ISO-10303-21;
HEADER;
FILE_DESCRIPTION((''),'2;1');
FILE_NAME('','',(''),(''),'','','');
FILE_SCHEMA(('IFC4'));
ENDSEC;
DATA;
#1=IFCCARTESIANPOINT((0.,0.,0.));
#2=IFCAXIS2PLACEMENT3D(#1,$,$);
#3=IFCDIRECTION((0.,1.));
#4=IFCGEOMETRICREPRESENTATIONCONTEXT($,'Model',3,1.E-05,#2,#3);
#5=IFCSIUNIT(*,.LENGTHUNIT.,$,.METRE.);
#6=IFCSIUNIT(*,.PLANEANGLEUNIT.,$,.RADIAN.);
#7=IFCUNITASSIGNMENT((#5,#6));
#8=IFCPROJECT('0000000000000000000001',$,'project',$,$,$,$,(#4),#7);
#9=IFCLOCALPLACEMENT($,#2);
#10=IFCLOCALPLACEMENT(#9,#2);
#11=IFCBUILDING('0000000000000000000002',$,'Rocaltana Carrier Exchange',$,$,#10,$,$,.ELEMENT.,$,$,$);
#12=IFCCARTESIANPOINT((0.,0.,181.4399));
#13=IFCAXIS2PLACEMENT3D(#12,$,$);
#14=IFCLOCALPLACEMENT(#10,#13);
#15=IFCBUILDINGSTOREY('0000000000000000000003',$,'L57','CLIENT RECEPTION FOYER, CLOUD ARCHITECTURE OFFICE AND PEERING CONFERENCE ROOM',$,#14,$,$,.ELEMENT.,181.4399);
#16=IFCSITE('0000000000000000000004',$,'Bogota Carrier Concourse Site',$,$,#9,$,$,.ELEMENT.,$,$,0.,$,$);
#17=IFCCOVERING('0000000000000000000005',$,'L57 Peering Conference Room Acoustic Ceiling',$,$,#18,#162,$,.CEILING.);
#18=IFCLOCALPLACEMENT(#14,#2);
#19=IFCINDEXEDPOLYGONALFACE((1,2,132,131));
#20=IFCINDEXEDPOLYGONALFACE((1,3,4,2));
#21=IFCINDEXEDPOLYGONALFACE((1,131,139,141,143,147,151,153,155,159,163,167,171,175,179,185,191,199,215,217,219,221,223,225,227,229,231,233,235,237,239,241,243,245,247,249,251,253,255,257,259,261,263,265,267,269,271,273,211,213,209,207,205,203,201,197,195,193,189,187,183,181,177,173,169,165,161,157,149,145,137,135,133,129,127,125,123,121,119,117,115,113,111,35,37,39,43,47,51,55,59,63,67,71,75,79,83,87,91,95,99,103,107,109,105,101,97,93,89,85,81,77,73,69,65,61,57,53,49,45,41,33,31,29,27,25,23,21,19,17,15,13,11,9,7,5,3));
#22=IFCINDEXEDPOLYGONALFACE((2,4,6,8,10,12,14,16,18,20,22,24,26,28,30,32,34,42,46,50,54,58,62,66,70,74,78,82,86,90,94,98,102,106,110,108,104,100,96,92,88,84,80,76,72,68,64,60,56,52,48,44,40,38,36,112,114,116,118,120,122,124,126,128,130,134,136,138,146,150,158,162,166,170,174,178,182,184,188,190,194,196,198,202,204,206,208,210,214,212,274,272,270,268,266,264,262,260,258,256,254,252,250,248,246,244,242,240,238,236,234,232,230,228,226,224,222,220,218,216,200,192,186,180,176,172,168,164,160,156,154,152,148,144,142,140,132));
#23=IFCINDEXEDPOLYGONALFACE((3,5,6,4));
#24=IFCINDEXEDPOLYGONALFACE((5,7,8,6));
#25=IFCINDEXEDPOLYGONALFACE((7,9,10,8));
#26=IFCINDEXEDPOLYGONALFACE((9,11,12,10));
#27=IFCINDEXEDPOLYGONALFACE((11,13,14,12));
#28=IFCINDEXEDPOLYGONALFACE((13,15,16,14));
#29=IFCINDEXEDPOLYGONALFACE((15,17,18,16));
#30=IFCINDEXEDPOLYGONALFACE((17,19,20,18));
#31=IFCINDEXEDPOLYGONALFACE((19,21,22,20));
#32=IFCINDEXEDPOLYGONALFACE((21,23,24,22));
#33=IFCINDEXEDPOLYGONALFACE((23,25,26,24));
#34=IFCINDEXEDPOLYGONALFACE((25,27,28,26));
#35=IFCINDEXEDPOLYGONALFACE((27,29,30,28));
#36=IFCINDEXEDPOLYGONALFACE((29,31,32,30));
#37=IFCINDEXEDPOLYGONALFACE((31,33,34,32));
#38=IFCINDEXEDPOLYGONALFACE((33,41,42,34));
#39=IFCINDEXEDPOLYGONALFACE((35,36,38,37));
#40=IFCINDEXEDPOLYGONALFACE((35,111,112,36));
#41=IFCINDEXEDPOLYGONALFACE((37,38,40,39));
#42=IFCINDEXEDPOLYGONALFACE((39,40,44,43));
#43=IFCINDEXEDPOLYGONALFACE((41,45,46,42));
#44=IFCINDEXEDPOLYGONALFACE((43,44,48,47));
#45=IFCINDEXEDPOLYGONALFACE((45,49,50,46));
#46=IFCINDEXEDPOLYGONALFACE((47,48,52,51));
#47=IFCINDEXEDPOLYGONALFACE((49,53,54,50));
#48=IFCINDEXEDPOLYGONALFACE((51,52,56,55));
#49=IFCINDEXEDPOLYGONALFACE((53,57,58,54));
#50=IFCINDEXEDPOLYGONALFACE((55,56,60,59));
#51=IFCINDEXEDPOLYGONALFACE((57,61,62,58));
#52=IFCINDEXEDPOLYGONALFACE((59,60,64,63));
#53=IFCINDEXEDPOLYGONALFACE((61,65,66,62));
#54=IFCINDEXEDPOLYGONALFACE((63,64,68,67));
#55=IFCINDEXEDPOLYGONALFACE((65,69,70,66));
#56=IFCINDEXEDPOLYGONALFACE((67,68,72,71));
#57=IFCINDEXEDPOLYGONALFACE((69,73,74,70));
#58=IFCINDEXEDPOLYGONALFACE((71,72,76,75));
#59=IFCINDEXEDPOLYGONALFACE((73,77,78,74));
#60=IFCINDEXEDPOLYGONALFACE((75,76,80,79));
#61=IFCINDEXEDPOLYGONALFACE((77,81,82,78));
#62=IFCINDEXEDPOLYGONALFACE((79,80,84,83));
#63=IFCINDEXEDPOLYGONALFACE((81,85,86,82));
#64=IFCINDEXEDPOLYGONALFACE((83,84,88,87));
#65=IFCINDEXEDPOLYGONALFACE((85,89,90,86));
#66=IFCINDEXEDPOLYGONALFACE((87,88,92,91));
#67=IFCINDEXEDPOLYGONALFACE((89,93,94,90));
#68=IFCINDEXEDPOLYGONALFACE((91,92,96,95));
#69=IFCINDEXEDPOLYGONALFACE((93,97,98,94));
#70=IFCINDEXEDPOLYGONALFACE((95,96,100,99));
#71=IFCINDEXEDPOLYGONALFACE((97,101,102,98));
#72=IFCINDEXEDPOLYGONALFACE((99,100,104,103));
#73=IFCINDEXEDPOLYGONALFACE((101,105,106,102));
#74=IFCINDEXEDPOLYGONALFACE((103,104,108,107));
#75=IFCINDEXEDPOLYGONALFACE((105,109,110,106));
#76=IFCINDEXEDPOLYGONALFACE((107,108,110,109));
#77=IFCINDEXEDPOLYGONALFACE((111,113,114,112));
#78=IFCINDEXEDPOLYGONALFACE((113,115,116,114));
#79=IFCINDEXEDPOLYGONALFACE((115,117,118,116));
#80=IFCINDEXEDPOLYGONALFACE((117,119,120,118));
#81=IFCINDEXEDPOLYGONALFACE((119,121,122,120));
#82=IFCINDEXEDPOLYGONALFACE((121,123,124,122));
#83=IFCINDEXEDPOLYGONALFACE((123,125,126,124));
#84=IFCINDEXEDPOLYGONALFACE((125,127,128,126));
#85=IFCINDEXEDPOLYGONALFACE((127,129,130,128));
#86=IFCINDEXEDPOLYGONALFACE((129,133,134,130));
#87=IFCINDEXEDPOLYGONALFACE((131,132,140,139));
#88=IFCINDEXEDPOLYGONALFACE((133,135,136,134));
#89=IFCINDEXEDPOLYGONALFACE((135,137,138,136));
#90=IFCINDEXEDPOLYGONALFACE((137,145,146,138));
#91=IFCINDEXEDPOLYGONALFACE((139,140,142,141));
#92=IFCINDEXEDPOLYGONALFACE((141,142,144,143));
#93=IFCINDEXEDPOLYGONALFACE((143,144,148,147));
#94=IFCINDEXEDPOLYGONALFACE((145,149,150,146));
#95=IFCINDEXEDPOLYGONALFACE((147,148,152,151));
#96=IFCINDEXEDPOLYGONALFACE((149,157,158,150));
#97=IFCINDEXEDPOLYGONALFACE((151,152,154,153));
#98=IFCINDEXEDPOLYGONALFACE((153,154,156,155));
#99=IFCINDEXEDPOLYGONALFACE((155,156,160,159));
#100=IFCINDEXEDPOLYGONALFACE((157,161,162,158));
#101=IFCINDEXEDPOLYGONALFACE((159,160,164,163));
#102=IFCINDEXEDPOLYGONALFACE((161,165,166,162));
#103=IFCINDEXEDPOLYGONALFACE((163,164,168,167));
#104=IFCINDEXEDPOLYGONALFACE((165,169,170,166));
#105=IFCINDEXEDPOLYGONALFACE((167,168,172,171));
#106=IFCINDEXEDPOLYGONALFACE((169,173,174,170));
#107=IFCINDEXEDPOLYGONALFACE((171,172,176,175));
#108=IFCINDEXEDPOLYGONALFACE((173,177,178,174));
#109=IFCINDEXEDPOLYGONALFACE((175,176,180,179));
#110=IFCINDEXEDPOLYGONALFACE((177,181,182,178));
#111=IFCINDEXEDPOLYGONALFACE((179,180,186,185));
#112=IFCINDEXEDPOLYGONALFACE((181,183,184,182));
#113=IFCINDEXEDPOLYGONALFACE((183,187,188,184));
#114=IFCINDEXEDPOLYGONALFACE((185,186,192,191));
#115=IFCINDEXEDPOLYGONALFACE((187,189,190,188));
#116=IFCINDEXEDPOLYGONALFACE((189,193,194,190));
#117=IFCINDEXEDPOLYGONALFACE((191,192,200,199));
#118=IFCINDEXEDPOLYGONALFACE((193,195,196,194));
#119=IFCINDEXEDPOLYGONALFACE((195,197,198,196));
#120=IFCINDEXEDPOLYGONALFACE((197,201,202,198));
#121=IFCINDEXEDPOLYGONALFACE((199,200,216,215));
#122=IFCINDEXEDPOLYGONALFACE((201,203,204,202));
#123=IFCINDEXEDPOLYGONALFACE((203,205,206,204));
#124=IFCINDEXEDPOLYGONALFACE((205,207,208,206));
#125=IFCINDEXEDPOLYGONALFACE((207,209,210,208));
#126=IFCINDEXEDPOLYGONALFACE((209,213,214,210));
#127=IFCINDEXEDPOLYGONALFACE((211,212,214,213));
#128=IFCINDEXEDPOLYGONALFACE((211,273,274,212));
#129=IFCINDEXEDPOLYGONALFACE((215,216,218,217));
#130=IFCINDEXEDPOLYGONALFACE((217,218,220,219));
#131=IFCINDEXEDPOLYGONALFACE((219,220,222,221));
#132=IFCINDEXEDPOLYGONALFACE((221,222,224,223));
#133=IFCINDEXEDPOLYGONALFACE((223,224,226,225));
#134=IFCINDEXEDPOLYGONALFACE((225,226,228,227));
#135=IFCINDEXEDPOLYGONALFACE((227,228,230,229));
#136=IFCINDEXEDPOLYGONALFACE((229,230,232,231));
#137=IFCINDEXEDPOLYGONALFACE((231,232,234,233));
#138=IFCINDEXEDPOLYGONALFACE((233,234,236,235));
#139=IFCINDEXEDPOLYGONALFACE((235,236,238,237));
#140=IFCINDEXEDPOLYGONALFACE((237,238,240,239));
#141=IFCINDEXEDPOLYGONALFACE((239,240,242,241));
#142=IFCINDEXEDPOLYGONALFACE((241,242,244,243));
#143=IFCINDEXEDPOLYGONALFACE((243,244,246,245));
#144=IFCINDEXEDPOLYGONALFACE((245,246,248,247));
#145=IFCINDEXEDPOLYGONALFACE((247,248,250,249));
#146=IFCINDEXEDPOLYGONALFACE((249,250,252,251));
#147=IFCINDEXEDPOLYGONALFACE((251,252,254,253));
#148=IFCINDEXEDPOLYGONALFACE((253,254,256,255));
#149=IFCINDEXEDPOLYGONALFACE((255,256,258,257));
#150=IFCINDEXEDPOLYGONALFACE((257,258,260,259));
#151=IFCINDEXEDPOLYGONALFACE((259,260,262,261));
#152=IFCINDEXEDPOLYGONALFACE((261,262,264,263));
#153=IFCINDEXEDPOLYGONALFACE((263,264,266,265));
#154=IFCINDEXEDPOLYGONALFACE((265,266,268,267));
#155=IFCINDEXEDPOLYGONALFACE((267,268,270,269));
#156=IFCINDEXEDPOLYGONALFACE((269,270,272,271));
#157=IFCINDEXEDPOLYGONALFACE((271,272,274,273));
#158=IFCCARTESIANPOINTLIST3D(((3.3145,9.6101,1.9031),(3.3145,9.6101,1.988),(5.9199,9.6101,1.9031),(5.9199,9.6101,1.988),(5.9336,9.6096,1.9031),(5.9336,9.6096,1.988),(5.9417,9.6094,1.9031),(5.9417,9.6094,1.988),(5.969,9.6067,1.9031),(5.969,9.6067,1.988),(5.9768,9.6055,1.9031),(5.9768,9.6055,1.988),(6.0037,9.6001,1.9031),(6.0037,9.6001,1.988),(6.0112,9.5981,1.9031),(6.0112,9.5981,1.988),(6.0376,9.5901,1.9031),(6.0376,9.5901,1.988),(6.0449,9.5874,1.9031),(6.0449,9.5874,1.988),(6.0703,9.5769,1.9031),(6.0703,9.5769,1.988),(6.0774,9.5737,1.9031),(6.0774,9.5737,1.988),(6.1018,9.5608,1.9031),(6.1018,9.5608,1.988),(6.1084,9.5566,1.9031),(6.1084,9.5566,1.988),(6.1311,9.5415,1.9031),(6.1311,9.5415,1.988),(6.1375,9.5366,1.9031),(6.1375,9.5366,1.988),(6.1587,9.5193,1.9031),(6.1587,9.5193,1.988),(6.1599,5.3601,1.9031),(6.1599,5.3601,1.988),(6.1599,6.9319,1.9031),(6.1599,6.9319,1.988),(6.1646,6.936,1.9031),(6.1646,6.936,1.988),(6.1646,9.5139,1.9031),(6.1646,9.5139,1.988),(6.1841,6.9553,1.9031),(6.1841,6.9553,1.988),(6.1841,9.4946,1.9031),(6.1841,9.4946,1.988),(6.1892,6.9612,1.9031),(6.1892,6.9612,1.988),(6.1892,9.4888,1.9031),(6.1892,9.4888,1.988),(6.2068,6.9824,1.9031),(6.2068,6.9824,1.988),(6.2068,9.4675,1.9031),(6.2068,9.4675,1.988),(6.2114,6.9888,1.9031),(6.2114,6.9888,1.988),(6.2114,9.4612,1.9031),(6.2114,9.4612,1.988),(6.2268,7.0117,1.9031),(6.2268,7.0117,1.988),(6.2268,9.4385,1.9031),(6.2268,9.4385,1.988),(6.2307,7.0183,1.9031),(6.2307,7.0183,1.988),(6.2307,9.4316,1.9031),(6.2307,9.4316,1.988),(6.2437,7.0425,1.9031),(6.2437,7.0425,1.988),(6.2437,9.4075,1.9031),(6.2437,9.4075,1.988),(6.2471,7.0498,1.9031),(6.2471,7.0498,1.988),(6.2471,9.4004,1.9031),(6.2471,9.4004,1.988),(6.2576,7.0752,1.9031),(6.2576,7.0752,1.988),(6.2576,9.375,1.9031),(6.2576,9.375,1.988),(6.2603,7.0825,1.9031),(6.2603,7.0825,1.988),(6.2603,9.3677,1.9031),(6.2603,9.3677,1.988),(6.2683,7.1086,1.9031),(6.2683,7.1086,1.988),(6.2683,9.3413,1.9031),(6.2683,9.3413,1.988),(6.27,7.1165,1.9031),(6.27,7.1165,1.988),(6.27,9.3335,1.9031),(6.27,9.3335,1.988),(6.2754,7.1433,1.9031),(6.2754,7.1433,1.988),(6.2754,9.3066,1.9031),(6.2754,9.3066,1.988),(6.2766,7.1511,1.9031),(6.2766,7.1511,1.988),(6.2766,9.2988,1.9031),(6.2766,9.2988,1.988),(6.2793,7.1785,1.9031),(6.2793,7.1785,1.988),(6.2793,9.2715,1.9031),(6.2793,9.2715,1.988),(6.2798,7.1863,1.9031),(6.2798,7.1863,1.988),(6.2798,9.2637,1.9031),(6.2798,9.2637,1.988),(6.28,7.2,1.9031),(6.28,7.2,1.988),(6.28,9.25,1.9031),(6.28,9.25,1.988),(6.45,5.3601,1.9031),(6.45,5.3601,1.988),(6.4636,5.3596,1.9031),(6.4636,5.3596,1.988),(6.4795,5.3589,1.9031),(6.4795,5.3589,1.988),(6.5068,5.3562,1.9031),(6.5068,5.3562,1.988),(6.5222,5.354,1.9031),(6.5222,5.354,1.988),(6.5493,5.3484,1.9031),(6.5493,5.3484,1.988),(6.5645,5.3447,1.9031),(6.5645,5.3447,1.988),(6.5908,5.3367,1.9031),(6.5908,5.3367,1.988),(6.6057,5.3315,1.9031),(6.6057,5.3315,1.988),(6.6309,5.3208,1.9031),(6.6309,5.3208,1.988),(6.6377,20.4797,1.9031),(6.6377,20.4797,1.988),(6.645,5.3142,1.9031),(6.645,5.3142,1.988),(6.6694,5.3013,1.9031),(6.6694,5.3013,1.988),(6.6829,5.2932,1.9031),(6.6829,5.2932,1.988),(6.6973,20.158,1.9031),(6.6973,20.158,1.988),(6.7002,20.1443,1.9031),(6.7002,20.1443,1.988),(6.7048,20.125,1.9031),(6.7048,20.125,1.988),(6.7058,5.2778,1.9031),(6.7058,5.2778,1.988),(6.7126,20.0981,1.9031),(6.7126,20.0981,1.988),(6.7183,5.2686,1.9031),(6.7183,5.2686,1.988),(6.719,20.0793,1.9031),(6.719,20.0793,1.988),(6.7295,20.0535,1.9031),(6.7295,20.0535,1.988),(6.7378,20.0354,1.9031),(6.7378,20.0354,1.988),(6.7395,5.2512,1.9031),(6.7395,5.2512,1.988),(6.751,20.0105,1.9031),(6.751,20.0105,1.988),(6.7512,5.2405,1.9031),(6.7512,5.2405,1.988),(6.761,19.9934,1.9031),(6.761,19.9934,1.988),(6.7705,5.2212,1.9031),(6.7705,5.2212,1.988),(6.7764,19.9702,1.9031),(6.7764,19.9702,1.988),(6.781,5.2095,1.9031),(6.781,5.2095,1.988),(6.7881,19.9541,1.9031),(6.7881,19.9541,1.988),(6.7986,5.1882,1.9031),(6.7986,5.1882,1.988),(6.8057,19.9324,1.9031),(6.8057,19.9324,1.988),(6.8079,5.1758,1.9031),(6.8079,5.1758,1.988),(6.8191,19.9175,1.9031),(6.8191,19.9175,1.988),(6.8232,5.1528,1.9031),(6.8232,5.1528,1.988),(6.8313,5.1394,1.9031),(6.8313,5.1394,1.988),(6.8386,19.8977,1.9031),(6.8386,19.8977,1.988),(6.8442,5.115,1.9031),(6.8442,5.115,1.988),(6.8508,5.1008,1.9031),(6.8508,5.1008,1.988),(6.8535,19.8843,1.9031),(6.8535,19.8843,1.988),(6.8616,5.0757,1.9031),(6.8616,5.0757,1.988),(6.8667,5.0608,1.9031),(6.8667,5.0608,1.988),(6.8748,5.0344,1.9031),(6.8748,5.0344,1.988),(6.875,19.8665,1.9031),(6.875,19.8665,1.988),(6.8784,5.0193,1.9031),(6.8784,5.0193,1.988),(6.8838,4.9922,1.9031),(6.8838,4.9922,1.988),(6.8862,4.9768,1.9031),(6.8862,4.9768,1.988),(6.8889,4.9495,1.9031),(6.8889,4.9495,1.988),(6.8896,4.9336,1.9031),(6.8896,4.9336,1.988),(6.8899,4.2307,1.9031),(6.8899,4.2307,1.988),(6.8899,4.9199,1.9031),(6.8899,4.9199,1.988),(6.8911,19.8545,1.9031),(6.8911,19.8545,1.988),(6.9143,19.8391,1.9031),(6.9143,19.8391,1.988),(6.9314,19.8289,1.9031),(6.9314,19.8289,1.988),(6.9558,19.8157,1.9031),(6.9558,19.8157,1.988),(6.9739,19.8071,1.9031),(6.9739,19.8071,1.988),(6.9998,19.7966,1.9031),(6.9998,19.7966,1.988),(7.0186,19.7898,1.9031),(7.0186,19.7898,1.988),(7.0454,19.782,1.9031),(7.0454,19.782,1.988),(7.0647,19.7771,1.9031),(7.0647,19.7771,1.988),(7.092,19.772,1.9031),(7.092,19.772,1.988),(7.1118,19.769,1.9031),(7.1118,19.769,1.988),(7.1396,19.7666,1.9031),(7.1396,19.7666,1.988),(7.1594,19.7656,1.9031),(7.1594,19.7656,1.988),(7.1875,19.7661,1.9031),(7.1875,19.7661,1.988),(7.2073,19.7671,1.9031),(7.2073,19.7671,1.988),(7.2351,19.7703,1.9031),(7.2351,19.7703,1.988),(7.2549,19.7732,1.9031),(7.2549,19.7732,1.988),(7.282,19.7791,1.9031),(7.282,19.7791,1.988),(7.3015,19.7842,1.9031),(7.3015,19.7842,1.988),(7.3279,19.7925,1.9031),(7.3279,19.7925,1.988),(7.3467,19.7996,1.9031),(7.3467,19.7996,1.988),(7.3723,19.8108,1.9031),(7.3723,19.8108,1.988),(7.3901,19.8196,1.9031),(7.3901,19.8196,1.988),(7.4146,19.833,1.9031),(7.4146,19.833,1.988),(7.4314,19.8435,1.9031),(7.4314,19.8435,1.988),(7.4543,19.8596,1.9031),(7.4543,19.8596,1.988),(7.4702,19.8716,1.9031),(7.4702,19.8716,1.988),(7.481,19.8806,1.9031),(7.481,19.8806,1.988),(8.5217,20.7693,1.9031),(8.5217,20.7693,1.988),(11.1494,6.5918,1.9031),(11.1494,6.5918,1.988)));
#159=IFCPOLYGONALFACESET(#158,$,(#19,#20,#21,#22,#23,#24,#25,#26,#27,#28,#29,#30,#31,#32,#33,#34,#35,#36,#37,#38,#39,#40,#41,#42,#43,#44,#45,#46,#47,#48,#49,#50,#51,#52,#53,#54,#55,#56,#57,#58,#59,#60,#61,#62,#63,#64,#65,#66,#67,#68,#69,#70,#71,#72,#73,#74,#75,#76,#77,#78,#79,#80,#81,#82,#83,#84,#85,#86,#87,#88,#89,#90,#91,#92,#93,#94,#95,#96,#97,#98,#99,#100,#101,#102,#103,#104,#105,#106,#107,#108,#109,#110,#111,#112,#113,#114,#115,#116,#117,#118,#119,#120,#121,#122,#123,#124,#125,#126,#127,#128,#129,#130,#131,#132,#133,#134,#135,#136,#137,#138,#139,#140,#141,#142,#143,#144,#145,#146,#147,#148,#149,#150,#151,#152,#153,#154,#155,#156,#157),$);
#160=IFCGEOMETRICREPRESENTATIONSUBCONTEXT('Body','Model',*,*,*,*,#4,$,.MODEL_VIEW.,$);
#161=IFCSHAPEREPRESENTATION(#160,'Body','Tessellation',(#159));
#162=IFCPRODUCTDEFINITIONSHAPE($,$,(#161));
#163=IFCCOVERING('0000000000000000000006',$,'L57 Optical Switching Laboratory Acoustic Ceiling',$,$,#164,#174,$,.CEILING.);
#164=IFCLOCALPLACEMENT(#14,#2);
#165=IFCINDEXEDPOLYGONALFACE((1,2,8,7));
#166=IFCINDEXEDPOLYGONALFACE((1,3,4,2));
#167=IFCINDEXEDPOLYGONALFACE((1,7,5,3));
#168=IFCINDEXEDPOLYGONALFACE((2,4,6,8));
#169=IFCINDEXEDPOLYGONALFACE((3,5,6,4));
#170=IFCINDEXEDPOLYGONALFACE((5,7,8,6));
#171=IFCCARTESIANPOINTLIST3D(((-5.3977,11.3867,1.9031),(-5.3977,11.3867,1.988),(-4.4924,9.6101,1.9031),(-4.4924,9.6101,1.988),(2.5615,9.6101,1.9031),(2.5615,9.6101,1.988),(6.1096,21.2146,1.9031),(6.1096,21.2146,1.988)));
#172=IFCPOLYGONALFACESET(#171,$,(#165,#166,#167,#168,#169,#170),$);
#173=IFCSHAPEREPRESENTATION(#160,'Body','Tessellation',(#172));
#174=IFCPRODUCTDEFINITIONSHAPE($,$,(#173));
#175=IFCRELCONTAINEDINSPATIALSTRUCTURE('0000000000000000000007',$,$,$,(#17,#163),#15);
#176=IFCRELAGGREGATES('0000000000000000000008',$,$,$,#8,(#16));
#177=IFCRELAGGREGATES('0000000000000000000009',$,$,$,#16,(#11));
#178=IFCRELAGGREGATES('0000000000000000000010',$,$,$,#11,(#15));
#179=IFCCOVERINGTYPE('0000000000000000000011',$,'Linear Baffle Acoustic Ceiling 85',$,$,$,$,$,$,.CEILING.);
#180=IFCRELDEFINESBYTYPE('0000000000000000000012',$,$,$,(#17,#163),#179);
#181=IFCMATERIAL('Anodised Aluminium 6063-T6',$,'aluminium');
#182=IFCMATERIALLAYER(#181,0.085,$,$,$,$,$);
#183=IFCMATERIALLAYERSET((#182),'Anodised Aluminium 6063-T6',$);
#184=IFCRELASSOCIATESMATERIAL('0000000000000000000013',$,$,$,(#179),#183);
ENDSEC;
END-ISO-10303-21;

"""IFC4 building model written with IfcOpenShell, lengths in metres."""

from ifc_helpers import new_model, si_unit, direction, frame, origin, place, context, subcontext, project, spatial, polyline, outline, extrude, material, layer, layer_set, type_object, element, save


model = new_model("IFC4")

# Units and contexts
model_context = context("Model", 3, precision=1e-05, world=origin(), true_north=direction((0.0, 1.0)))
body_context = subcontext(model_context, "Body", "Model", "MODEL_VIEW")
ifc_project = project(units=[si_unit("LENGTHUNIT", "METRE"), si_unit("PLANEANGLEUNIT", "RADIAN")], contexts=[model_context])

# Site, building, storey
site_placement = place(None, origin())
site = spatial("IfcSite", under=ifc_project, at=site_placement, Name="Bogota Carrier Concourse Site", CompositionType="ELEMENT", RefElevation=0.0)
building_placement = place(site_placement, origin())
building = spatial("IfcBuilding", under=site, at=building_placement, Name="Rocaltana Carrier Exchange", CompositionType="ELEMENT")
storey_placement = place(building_placement, frame((0.0, 0.0, 181.4399)))
storey = spatial("IfcBuildingStorey", under=building, at=storey_placement, Name="L57", Description="CLIENT RECEPTION FOYER, CLOUD ARCHITECTURE OFFICE AND PEERING CONFERENCE ROOM", CompositionType="ELEMENT", Elevation=181.4399)

# Coverings
ifc_material_1 = material(Name="Anodised Aluminium 6063-T6", Category="aluminium")
ifc_layer_1 = layer(ifc_material_1, 0.085)
ifc_layer_set_1 = layer_set([ifc_layer_1], Name="Anodised Aluminium 6063-T6")
covering_type_1 = type_object("IfcCoveringType", Name="Linear Baffle Acoustic Ceiling 85", PredefinedType="CEILING", material=ifc_layer_set_1)
covering_1_placement = place(storey_placement, frame((0.0, 0.0, 1.9031)))
element("IfcCovering", 1, at=covering_1_placement, inside=storey, type_object=covering_type_1, Name="L57 Peering Conference Room Acoustic Ceiling", PredefinedType="CEILING", context=body_context, shape_type="SweptSolid", body=[
    extrude(outline(polyline([(6.1599, 6.9319), (6.1646, 6.936), (6.1841, 6.9553), (6.1892, 6.9612), (6.2068, 6.9824), (6.2114, 6.9888), (6.2268, 7.0117), (6.2307, 7.0183), (6.2437, 7.0425), (6.2471, 7.0498), (6.2576, 7.0752), (6.2603, 7.0825), (6.2683, 7.1086), (6.27, 7.1165), (6.2754, 7.1433), (6.2766, 7.1511), (6.2793, 7.1785), (6.2798, 7.1863), (6.28, 7.2), (6.28, 9.25), (6.2798, 9.2637), (6.2793, 9.2715), (6.2766, 9.2988), (6.2754, 9.3066), (6.27, 9.3335), (6.2683, 9.3413), (6.2603, 9.3677), (6.2576, 9.375), (6.2471, 9.4004), (6.2437, 9.4075), (6.2307, 9.4316), (6.2268, 9.4385), (6.2114, 9.4612), (6.2068, 9.4675), (6.1892, 9.4888), (6.1841, 9.4946), (6.1646, 9.5139), (6.1587, 9.5193), (6.1375, 9.5366), (6.1311, 9.5415), (6.1084, 9.5566), (6.1018, 9.5608), (6.0774, 9.5737), (6.0703, 9.5769), (6.0449, 9.5874), (6.0376, 9.5901), (6.0112, 9.5981), (6.0037, 9.6001), (5.9768, 9.6055), (5.969, 9.6067), (5.9417, 9.6094), (5.9336, 9.6096), (5.9199, 9.6101), (3.3145, 9.6101), (6.6377, 20.4797), (6.6973, 20.158), (6.7002, 20.1443), (6.7048, 20.125), (6.7126, 20.0981), (6.719, 20.0793), (6.7295, 20.0535), (6.7378, 20.0354), (6.751, 20.0105), (6.761, 19.9934), (6.7764, 19.9702), (6.7881, 19.9541), (6.8057, 19.9324), (6.8191, 19.9175), (6.8386, 19.8977), (6.8535, 19.8843), (6.875, 19.8665), (6.8911, 19.8545), (6.9143, 19.8391), (6.9314, 19.8289), (6.9558, 19.8157), (6.9739, 19.8071), (6.9998, 19.7966), (7.0186, 19.7898), (7.0454, 19.782), (7.0647, 19.7771), (7.092, 19.772), (7.1118, 19.769), (7.1396, 19.7666), (7.1594, 19.7656), (7.1875, 19.7661), (7.2073, 19.7671), (7.2351, 19.7703), (7.2549, 19.7732), (7.282, 19.7791), (7.3015, 19.7842), (7.3279, 19.7925), (7.3467, 19.7996), (7.3723, 19.8108), (7.3901, 19.8196), (7.4146, 19.833), (7.4314, 19.8435), (7.4543, 19.8596), (7.4702, 19.8716), (7.481, 19.8806), (8.5217, 20.7693), (11.1494, 6.5918), (6.8899, 4.2307), (6.8899, 4.9199), (6.8896, 4.9336), (6.8889, 4.9495), (6.8862, 4.9768), (6.8838, 4.9922), (6.8784, 5.0193), (6.8748, 5.0344), (6.8667, 5.0608), (6.8616, 5.0757), (6.8508, 5.1008), (6.8442, 5.115), (6.8313, 5.1394), (6.8232, 5.1528), (6.8079, 5.1758), (6.7986, 5.1882), (6.781, 5.2095), (6.7705, 5.2212), (6.7512, 5.2405), (6.7395, 5.2512), (6.7183, 5.2686), (6.7058, 5.2778), (6.6829, 5.2932), (6.6694, 5.3013), (6.645, 5.3142), (6.6309, 5.3208), (6.6057, 5.3315), (6.5908, 5.3367), (6.5645, 5.3447), (6.5493, 5.3484), (6.5222, 5.354), (6.5068, 5.3562), (6.4795, 5.3589), (6.4636, 5.3596), (6.45, 5.3601), (6.1599, 5.3601), (6.1599, 6.9319)])), origin(), (0.0, 0.0, 1.0), 0.085),
])
covering_2_placement = place(storey_placement, frame((0.0, 0.0, 1.9031)))
element("IfcCovering", 2, at=covering_2_placement, inside=storey, type_object=covering_type_1, Name="L57 Optical Switching Laboratory Acoustic Ceiling", PredefinedType="CEILING", context=body_context, shape_type="SweptSolid", body=[
    extrude(outline(polyline([(6.1096, 21.2146), (2.5615, 9.6101), (-4.4924, 9.6101), (-5.3977, 11.3867), (6.1096, 21.2146)])), origin(), (0.0, 0.0, 1.0), 0.085),
])

save(model, "model.ifc")
